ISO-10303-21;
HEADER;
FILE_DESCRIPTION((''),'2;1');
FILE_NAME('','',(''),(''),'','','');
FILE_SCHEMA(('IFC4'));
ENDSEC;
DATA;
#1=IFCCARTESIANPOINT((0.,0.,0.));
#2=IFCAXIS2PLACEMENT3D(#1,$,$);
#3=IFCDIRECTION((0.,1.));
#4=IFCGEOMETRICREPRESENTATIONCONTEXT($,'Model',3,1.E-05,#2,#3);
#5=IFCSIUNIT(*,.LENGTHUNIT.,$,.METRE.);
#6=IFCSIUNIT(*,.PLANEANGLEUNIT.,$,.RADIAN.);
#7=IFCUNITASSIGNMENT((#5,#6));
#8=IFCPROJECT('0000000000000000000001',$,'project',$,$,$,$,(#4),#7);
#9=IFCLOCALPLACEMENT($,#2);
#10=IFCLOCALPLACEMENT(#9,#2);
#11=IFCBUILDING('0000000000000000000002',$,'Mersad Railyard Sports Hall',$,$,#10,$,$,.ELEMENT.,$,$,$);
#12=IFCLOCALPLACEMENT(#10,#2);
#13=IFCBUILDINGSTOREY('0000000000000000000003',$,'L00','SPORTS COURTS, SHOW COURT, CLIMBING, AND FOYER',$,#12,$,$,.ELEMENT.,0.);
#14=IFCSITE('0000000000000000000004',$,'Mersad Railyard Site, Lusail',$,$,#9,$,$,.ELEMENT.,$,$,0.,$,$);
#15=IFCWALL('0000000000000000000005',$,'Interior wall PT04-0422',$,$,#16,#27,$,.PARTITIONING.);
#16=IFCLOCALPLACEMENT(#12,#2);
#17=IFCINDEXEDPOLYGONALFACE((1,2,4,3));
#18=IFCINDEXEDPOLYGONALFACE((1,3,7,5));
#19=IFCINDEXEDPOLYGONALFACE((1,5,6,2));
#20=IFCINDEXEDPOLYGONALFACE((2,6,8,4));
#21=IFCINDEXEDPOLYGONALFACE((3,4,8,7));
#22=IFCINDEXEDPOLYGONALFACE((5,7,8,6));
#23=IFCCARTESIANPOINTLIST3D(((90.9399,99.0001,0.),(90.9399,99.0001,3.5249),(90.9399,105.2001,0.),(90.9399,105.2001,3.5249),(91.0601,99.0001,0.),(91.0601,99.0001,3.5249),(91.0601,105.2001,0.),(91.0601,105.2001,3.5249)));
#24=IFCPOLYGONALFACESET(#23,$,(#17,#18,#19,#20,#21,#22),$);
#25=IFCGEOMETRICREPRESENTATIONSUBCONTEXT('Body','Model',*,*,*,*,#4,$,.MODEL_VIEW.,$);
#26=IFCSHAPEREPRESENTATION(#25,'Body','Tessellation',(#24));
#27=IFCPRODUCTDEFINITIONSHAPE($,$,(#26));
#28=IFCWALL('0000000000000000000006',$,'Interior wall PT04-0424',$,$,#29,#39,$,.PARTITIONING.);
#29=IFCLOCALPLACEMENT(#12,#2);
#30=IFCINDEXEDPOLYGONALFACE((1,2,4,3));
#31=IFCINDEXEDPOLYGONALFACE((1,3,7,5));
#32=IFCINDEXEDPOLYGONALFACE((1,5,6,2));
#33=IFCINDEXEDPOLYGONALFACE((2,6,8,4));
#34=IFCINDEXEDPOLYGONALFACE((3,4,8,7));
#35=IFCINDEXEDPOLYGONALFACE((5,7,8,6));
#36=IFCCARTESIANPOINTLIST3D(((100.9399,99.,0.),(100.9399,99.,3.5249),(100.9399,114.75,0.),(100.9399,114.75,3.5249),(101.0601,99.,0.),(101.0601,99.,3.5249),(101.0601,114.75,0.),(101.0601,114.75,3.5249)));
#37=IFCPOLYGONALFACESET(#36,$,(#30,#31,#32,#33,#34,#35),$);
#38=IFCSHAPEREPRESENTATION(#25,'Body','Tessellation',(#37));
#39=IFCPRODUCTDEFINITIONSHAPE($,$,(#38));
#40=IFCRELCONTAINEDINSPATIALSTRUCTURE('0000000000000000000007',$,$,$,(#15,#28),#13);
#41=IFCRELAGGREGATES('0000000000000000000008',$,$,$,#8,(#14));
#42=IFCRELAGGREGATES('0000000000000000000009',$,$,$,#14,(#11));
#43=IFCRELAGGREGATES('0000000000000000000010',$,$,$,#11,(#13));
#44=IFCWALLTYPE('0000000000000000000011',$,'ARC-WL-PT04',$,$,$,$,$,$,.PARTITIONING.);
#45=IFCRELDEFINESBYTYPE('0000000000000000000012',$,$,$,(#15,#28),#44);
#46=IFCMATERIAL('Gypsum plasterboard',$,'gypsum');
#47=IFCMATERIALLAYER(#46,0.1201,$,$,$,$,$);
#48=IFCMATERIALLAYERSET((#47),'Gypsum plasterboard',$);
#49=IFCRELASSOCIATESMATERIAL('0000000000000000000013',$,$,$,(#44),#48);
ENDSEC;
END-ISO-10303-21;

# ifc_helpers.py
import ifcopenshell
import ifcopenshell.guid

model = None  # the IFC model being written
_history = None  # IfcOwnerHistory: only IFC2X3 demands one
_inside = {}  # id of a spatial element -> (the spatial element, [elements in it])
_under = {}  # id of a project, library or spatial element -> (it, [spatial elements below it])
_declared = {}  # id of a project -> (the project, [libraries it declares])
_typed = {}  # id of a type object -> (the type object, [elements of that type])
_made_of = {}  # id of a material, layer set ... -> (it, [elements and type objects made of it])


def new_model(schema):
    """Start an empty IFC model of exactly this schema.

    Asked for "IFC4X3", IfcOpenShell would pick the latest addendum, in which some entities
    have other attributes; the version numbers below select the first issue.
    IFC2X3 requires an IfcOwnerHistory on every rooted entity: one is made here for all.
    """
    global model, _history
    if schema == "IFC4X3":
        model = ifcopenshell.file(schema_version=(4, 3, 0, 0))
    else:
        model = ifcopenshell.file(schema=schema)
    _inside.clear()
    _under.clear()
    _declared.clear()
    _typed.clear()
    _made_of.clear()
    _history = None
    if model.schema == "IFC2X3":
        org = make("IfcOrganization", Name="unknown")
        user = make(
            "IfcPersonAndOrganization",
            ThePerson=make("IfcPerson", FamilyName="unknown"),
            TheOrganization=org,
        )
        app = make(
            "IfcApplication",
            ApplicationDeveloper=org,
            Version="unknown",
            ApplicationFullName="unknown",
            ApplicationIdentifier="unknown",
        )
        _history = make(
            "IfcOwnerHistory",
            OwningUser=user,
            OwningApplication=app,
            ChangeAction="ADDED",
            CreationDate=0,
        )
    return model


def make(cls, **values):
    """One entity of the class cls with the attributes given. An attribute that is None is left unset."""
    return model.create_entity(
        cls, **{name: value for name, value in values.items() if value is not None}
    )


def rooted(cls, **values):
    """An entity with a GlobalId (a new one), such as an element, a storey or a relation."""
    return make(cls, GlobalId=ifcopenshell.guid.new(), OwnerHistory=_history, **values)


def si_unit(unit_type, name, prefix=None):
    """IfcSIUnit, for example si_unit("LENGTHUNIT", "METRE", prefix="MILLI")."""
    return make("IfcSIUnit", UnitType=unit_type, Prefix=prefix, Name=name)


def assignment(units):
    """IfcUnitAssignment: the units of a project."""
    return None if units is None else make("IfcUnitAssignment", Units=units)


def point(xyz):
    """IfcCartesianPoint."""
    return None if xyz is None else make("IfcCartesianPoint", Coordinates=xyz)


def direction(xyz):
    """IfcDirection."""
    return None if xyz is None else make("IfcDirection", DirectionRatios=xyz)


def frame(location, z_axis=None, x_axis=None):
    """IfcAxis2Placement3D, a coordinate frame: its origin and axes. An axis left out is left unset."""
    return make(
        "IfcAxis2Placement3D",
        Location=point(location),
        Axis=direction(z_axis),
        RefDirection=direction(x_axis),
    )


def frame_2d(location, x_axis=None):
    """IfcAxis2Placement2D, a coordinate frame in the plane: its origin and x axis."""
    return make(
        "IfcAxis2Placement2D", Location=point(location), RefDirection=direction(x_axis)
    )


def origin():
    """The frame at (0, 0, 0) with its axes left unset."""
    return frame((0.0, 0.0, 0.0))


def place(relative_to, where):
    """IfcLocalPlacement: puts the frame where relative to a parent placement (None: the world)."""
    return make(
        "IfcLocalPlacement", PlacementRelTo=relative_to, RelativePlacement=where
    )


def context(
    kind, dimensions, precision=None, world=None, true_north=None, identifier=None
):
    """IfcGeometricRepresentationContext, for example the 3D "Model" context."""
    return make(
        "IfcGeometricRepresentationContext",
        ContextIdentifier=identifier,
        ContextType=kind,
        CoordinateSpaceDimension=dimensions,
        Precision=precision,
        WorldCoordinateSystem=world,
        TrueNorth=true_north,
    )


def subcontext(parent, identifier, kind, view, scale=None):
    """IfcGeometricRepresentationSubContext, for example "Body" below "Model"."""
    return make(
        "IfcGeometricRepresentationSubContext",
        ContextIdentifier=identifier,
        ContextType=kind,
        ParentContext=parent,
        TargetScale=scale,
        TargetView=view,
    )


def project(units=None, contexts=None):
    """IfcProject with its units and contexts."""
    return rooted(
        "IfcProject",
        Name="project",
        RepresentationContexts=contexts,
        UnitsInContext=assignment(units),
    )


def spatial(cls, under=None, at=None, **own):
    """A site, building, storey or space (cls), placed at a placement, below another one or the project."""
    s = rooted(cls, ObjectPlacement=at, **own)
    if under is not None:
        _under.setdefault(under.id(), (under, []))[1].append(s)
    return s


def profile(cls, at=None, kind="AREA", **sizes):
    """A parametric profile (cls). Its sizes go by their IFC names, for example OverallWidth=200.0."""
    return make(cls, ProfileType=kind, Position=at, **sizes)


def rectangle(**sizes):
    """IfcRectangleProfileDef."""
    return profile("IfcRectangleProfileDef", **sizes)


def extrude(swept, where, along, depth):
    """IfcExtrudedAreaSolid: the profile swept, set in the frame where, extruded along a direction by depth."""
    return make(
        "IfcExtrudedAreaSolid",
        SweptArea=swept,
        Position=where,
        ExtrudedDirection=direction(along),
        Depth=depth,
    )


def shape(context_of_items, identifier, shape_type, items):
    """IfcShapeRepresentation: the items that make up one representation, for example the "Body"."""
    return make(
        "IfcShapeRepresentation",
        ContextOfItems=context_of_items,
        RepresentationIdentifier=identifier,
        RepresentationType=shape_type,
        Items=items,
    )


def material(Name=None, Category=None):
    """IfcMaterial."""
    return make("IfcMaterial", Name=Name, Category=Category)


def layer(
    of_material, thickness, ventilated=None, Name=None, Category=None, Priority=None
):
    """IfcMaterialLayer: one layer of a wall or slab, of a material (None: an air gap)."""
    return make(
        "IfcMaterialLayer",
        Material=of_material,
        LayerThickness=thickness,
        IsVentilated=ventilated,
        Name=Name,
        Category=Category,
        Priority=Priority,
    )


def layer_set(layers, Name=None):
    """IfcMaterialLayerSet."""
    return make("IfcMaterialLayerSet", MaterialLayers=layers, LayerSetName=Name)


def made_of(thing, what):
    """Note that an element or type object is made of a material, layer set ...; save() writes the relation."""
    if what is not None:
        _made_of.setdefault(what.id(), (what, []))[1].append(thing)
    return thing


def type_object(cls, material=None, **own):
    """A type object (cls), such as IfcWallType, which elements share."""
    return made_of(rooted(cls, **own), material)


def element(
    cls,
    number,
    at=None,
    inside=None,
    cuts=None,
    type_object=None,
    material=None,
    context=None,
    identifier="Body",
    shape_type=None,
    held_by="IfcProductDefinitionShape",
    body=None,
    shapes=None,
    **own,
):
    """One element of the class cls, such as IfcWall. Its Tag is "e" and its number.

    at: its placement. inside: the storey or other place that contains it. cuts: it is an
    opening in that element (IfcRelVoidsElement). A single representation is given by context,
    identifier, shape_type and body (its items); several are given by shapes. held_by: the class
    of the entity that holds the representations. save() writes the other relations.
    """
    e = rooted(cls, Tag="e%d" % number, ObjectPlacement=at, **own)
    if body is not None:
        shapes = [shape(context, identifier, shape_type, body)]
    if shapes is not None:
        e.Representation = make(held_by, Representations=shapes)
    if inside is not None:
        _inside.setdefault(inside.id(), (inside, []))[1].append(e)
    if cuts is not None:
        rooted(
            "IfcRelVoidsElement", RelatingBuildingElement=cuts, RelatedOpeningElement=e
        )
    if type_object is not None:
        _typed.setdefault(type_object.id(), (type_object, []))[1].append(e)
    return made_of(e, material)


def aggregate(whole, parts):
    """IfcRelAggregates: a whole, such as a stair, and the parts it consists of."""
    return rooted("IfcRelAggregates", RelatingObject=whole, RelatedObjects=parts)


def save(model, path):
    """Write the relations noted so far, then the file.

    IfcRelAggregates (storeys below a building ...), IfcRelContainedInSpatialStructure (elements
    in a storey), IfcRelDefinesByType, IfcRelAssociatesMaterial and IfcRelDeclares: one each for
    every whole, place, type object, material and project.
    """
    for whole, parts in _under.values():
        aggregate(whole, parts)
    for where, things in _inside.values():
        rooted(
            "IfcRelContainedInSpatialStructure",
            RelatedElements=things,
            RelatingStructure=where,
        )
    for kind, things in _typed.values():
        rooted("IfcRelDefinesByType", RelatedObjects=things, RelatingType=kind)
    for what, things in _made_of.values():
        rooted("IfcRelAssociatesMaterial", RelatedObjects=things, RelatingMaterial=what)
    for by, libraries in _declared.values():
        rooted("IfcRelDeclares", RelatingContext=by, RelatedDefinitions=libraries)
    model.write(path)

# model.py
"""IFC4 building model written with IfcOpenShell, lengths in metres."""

from ifc_helpers import new_model, si_unit, direction, frame, frame_2d, origin, place, context, subcontext, project, spatial, rectangle, extrude, material, layer, layer_set, type_object, element, save


model = new_model("IFC4")

# Units and contexts
model_context = context("Model", 3, precision=1e-05, world=origin(), true_north=direction((0.0, 1.0)))
body_context = subcontext(model_context, "Body", "Model", "MODEL_VIEW")
ifc_project = project(units=[si_unit("LENGTHUNIT", "METRE"), si_unit("PLANEANGLEUNIT", "RADIAN")], contexts=[model_context])

# Site, building, storey
site_placement = place(None, origin())
site = spatial("IfcSite", under=ifc_project, at=site_placement, Name="Mersad Railyard Site, Lusail", CompositionType="ELEMENT", RefElevation=0.0)
building_placement = place(site_placement, origin())
building = spatial("IfcBuilding", under=site, at=building_placement, Name="Mersad Railyard Sports Hall", CompositionType="ELEMENT")
storey_placement = place(building_placement, origin())
storey = spatial("IfcBuildingStorey", under=building, at=storey_placement, Name="L00", Description="SPORTS COURTS, SHOW COURT, CLIMBING, AND FOYER", CompositionType="ELEMENT", Elevation=0.0)

# Shared definitions
ifc_material_1 = material(Name="Gypsum plasterboard", Category="gypsum")

# Walls
ifc_layer_1 = layer(ifc_material_1, 0.1201)
ifc_layer_set_1 = layer_set([ifc_layer_1], Name="Gypsum plasterboard")
wall_type_1 = type_object("IfcWallType", Name="ARC-WL-PT04", PredefinedType="PARTITIONING", material=ifc_layer_set_1)
wall_1_placement = place(storey_placement, frame((91.0, 99.0, 0.0), z_axis=(0.0, 0.0, 1.0), x_axis=(0.0, 1.0, 0.0)))
element("IfcWall", 1, at=wall_1_placement, inside=storey, type_object=wall_type_1, Name="Interior wall PT04-0422", PredefinedType="PARTITIONING", context=body_context, shape_type="SweptSolid", body=[
    extrude(rectangle(XDim=6.2, YDim=0.1201, at=frame_2d((3.1001, 0.0))), origin(), (0.0, 0.0, 1.0), 3.5249),
])
wall_2_placement = place(storey_placement, frame((101.0, 99.0, 0.0), z_axis=(0.0, 0.0, 1.0), x_axis=(0.0, 1.0, 0.0)))
element("IfcWall", 2, at=wall_2_placement, inside=storey, type_object=wall_type_1, Name="Interior wall PT04-0424", PredefinedType="PARTITIONING", context=body_context, shape_type="SweptSolid", body=[
    extrude(rectangle(XDim=15.75, YDim=0.1201, at=frame_2d((7.875, 0.0))), origin(), (0.0, 0.0, 1.0), 3.5249),
])

save(model, "model.ifc")
